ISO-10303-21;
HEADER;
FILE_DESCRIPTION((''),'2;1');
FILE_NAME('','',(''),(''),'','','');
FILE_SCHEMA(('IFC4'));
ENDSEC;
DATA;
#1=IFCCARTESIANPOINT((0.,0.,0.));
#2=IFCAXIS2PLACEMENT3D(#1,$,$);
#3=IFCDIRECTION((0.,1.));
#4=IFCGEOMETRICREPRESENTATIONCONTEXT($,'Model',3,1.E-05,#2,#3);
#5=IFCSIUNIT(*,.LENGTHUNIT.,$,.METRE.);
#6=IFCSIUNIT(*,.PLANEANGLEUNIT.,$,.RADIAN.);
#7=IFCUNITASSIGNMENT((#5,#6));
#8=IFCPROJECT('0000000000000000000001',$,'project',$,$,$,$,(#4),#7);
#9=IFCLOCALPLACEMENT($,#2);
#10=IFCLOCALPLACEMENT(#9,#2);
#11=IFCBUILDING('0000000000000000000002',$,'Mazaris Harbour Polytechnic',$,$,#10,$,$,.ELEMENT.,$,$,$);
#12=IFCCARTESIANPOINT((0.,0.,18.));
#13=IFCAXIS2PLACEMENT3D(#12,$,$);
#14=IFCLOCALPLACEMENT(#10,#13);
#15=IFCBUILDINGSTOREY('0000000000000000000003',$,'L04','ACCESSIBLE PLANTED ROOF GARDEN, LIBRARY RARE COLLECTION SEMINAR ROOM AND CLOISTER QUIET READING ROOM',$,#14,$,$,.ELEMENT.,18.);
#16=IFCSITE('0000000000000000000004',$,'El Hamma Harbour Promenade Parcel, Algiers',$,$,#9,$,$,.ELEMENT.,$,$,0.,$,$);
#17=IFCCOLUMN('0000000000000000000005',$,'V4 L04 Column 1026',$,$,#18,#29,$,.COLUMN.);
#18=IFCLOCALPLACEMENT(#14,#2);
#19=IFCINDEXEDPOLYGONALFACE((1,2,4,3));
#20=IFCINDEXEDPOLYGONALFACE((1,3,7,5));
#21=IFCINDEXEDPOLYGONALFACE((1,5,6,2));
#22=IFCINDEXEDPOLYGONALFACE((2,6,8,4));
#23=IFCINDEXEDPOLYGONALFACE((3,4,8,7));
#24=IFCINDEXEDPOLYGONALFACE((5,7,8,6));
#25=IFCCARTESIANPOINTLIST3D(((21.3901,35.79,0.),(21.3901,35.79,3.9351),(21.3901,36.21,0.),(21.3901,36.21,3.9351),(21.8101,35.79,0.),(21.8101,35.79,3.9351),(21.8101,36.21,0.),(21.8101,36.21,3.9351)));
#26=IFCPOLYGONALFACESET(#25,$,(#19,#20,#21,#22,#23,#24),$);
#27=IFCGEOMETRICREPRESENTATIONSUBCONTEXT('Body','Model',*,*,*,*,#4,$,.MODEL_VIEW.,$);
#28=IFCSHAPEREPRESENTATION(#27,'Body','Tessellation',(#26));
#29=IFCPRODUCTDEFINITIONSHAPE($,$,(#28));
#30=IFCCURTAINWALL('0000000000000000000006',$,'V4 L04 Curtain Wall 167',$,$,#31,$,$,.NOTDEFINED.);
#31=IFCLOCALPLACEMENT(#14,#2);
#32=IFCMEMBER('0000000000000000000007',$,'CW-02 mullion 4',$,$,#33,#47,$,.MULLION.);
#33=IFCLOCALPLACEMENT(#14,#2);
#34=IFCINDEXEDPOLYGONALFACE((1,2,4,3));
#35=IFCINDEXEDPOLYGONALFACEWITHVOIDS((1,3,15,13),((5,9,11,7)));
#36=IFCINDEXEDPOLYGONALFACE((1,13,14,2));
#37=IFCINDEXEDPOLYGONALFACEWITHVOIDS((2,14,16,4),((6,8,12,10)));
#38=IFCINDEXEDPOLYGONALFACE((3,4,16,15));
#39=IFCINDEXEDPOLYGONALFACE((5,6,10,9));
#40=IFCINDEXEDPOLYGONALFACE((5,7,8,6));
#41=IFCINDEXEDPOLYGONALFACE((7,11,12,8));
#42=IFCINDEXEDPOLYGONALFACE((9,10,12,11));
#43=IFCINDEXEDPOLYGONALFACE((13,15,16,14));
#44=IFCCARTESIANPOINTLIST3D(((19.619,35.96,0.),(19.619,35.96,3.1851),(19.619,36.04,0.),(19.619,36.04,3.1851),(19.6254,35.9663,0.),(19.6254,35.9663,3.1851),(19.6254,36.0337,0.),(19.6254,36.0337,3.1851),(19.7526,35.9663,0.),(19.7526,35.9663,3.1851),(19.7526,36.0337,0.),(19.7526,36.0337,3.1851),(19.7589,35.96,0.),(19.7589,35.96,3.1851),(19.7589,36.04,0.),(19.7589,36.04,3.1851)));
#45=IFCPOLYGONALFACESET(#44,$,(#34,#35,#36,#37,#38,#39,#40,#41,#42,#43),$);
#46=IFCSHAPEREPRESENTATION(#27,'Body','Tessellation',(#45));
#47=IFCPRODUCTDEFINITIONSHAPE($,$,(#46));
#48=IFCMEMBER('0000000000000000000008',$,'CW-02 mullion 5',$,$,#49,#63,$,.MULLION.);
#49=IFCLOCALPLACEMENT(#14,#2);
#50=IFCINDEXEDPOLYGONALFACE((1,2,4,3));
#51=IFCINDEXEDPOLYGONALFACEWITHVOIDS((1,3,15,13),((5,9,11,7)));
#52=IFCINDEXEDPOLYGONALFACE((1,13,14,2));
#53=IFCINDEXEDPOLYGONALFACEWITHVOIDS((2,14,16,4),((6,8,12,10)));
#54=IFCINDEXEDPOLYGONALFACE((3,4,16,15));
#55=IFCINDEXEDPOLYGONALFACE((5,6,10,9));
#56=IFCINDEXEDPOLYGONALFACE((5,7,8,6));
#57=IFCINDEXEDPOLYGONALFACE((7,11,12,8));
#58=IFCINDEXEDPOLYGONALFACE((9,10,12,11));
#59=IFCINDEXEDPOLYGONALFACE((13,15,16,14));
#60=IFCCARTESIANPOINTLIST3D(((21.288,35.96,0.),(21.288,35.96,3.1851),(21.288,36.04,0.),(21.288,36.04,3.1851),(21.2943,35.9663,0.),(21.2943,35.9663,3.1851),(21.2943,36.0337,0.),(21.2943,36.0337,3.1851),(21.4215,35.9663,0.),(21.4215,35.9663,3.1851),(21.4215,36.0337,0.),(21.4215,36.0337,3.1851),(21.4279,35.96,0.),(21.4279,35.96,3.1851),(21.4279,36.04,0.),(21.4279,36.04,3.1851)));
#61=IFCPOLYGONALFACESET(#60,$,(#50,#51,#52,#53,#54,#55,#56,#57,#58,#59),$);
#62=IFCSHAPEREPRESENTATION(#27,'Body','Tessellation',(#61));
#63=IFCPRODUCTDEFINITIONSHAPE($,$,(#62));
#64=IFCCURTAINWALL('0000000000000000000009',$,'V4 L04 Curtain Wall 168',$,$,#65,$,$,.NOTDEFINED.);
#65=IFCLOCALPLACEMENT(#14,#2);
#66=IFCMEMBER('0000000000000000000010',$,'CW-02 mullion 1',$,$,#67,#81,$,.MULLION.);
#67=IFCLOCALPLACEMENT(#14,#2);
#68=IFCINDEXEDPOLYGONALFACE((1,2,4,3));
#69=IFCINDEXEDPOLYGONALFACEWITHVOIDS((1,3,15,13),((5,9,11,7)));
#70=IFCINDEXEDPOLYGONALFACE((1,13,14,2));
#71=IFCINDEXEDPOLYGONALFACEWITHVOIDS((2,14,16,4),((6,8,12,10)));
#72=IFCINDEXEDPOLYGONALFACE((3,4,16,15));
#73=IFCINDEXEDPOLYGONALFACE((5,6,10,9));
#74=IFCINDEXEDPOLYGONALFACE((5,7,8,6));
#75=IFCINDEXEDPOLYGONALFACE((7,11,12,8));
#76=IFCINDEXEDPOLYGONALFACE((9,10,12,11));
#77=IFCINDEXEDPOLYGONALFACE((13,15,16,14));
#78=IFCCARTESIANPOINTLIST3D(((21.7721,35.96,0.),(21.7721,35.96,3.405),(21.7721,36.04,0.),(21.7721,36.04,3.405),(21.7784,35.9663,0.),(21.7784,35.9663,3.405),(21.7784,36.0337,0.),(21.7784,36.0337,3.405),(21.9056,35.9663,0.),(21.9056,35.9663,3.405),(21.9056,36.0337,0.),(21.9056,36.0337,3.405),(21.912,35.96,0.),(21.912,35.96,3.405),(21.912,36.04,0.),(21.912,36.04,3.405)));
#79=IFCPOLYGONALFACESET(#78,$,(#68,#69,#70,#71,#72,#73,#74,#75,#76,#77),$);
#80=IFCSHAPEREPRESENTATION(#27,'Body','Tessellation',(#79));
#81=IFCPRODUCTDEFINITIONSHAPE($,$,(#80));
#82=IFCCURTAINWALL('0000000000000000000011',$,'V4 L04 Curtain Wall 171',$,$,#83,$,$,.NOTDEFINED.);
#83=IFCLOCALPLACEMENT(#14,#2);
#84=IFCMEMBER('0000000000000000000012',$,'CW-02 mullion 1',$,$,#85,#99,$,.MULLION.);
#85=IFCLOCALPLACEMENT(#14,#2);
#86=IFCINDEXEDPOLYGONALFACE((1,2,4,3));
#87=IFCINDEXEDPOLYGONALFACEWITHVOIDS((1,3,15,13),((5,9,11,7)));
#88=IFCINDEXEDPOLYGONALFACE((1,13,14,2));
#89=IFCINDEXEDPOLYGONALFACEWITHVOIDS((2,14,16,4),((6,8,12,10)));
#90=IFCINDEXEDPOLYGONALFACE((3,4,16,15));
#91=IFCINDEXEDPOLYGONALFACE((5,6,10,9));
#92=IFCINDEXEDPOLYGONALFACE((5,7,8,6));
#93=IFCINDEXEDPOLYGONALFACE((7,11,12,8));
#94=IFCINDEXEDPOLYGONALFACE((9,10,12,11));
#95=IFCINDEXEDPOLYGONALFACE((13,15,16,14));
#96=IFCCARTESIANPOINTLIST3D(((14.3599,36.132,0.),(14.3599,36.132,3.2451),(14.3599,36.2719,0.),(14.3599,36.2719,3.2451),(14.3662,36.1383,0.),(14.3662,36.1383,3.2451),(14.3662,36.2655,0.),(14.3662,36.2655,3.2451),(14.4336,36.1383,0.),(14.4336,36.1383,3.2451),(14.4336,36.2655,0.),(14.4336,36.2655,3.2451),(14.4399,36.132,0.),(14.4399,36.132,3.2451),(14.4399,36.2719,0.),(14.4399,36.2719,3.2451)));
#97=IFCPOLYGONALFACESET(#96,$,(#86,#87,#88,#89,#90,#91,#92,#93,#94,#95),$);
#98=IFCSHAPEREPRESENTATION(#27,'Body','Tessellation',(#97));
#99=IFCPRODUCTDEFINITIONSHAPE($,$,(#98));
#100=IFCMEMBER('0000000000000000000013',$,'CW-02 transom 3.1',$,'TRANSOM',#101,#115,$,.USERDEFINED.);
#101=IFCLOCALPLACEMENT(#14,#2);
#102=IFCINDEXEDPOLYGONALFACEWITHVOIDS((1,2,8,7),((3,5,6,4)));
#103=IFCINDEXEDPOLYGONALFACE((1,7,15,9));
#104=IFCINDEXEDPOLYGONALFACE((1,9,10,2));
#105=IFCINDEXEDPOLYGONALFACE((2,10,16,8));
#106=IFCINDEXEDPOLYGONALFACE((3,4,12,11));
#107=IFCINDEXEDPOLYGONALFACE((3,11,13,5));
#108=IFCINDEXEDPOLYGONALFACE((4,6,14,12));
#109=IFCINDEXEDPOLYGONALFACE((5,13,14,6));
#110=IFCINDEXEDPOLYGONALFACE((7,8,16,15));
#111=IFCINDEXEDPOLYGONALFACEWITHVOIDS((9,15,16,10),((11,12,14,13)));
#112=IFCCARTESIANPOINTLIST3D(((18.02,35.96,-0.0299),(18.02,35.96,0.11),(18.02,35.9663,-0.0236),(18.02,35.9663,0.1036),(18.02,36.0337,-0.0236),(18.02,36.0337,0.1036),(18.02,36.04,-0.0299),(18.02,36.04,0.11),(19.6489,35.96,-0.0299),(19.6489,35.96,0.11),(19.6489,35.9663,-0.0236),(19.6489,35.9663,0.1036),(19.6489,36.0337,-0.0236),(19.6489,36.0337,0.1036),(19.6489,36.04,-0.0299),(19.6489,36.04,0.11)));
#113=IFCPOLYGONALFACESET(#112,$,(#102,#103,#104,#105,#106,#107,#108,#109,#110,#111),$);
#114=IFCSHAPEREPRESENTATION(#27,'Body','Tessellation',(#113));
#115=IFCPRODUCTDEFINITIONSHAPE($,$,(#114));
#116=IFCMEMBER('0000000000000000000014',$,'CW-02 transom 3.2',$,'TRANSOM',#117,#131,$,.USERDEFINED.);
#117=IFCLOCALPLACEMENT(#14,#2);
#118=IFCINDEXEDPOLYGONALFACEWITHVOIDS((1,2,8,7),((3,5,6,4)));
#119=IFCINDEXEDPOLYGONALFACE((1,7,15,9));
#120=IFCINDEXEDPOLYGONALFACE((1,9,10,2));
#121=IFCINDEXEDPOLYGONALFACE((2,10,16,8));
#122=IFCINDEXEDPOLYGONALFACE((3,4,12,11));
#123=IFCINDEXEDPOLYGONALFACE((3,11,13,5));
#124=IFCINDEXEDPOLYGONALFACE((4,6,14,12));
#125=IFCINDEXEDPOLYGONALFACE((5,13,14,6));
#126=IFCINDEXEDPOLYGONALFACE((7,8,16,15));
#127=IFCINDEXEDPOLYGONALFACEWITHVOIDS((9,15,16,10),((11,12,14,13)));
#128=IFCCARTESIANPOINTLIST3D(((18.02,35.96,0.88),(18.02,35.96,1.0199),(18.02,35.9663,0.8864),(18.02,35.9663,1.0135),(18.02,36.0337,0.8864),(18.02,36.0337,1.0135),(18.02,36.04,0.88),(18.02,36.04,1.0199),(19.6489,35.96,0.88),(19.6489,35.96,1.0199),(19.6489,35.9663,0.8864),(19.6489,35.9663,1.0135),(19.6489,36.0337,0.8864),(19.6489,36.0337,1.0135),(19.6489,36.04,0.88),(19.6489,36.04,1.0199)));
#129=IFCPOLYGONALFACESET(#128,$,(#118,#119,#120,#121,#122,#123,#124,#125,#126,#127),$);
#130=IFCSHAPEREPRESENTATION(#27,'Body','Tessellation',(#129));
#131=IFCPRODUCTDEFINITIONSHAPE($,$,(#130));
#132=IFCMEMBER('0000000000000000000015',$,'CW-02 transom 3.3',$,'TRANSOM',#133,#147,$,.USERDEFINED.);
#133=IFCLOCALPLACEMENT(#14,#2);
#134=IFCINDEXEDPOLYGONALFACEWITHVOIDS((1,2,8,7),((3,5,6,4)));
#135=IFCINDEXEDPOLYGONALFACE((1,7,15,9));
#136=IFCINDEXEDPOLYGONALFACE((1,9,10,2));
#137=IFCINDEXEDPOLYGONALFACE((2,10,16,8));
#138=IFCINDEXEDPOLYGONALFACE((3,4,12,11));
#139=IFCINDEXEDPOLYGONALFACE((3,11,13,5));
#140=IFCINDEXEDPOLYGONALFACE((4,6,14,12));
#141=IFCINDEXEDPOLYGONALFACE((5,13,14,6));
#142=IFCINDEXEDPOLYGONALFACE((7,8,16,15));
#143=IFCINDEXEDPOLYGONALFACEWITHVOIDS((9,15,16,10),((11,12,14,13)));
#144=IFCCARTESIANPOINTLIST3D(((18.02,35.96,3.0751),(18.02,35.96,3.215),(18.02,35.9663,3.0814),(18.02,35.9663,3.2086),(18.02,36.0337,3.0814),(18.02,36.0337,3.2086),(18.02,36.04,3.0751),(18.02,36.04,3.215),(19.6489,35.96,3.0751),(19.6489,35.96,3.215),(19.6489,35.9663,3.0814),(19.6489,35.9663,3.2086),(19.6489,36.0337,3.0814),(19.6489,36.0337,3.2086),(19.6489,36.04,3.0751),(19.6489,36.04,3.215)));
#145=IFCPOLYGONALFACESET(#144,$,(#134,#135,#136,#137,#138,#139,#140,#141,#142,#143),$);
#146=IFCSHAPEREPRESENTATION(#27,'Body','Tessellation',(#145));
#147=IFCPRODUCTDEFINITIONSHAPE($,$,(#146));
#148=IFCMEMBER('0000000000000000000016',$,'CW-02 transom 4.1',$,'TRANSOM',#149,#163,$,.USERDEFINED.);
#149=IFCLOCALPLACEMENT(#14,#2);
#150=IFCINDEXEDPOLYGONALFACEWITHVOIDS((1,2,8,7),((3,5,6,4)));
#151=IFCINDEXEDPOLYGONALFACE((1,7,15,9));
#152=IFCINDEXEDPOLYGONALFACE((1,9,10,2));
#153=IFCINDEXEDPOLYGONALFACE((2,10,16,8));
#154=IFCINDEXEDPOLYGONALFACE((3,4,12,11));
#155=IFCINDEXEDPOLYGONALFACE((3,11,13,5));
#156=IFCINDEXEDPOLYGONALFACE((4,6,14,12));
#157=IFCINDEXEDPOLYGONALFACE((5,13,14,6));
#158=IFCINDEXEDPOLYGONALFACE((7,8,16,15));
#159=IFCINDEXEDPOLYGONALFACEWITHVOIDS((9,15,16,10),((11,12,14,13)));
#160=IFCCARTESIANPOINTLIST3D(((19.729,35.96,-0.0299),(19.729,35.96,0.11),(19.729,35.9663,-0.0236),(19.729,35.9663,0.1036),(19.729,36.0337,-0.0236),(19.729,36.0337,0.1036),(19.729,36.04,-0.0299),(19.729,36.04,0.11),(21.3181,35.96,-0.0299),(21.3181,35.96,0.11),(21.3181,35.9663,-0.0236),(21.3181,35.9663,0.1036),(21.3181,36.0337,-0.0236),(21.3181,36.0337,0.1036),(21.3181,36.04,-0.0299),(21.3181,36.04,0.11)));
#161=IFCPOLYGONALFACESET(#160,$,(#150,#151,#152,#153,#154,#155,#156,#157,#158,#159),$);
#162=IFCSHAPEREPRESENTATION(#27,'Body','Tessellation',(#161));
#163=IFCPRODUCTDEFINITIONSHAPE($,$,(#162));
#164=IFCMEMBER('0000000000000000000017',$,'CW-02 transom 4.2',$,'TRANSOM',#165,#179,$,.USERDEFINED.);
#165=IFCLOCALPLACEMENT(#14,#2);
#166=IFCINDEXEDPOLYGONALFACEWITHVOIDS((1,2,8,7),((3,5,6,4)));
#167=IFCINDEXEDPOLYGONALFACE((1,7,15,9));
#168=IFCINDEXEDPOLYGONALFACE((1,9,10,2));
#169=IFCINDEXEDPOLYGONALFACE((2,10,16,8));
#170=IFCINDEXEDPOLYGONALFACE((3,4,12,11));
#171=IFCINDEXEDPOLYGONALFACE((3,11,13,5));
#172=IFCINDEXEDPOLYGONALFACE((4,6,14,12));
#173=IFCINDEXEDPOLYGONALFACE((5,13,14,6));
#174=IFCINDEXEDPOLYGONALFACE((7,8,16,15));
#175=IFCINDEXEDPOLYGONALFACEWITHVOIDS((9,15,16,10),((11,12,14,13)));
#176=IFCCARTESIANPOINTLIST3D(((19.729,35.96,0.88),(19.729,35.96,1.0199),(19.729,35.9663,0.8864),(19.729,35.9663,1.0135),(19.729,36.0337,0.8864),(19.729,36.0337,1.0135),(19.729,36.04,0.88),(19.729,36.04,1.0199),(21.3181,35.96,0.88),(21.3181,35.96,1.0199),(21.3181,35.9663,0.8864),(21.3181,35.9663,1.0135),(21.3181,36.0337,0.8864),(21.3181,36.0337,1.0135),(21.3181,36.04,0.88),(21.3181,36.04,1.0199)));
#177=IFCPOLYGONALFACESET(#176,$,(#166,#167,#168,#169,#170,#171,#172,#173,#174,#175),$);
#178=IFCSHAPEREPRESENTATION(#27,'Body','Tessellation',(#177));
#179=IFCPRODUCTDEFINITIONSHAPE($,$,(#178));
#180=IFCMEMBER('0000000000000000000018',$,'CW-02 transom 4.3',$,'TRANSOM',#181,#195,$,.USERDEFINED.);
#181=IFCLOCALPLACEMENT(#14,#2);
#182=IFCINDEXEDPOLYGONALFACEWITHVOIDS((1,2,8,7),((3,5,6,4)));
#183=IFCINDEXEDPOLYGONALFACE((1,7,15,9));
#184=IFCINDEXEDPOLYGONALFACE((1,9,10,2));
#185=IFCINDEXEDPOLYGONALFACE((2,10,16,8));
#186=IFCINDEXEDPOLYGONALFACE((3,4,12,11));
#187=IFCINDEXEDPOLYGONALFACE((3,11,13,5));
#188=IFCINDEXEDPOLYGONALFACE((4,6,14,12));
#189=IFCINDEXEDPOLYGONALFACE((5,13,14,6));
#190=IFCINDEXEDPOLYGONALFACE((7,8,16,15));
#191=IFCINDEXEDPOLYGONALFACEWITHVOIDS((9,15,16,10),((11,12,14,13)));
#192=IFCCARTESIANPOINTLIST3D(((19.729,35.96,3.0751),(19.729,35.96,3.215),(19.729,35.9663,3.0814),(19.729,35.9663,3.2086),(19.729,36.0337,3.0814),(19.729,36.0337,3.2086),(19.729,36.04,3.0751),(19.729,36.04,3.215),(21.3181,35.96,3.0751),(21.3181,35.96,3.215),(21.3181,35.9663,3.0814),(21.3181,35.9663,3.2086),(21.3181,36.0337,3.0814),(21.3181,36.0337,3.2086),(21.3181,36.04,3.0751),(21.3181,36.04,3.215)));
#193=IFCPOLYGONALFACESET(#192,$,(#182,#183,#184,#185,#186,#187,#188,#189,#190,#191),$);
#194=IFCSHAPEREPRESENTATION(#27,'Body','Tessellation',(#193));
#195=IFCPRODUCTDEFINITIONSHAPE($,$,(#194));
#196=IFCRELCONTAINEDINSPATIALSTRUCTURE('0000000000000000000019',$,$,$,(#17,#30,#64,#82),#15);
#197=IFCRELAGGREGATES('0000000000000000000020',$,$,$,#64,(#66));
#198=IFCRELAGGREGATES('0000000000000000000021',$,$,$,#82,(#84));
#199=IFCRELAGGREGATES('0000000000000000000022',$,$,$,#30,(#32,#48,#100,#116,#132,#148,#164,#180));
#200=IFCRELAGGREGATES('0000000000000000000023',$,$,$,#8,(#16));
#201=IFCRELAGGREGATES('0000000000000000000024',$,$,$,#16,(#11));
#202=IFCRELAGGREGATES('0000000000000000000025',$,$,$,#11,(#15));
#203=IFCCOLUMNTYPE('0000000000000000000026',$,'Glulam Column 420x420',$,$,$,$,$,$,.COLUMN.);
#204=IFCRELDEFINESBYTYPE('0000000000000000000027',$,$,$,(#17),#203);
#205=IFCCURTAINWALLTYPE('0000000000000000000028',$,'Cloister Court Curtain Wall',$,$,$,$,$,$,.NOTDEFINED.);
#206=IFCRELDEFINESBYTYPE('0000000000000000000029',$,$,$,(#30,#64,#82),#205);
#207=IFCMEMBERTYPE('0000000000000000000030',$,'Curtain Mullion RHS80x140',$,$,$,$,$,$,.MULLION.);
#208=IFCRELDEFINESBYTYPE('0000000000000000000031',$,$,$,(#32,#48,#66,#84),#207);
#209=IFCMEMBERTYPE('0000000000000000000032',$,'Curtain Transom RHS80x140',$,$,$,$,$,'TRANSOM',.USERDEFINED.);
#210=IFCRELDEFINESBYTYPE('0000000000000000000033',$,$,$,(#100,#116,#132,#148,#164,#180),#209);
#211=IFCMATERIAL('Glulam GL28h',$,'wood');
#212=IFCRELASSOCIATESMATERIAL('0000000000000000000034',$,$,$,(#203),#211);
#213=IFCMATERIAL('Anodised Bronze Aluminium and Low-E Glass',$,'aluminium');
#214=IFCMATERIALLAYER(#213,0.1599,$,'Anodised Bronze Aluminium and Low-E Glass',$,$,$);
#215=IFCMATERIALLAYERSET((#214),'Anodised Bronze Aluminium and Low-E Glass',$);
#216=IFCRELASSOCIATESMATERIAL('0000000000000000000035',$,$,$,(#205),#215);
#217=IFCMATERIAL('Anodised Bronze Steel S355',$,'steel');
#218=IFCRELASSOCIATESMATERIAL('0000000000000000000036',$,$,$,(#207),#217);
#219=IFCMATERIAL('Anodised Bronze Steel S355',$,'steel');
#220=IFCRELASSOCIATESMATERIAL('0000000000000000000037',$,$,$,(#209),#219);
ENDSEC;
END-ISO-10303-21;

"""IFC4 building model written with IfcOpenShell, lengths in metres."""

from ifc_helpers import new_model, si_unit, direction, frame, origin, origin_2d, place, context, subcontext, project, spatial, rectangle, hollow_rectangle, extrude, material, layer, layer_set, material_profile, profile_set, type_object, element, aggregate, save


model = new_model("IFC4")

# Units and contexts
model_context = context("Model", 3, precision=1e-05, world=origin(), true_north=direction((0.0, 1.0)))
body_context = subcontext(model_context, "Body", "Model", "MODEL_VIEW")
ifc_project = project(units=[si_unit("LENGTHUNIT", "METRE"), si_unit("PLANEANGLEUNIT", "RADIAN")], contexts=[model_context])

# Site, building, storey
site_placement = place(None, origin())
site = spatial("IfcSite", under=ifc_project, at=site_placement, Name="El Hamma Harbour Promenade Parcel, Algiers", CompositionType="ELEMENT", RefElevation=0.0)
building_placement = place(site_placement, origin())
building = spatial("IfcBuilding", under=site, at=building_placement, Name="Mazaris Harbour Polytechnic", CompositionType="ELEMENT")
storey_placement = place(building_placement, frame((0.0, 0.0, 18.0)))
storey = spatial("IfcBuildingStorey", under=building, at=storey_placement, Name="L04", Description="ACCESSIBLE PLANTED ROOF GARDEN, LIBRARY RARE COLLECTION SEMINAR ROOM AND CLOISTER QUIET READING ROOM", CompositionType="ELEMENT", Elevation=18.0)

# Column
ifc_material_1 = material(Name="Glulam GL28h", Category="wood")
ifc_material_profile_1 = material_profile(ifc_material_1, rectangle(XDim=0.4199, YDim=0.4199, at=origin_2d()), Name="RECT420x420")
ifc_profile_set_1 = profile_set([ifc_material_profile_1], Name="Glulam GL28h")
column_type = type_object("IfcColumnType", Name="Glulam Column 420x420", PredefinedType="COLUMN", material=ifc_profile_set_1)
column_placement = place(storey_placement, frame((21.6001, 36.0, 0.0), z_axis=(0.0, 0.0, 1.0), x_axis=(1.0, 0.0, 0.0)))
element("IfcColumn", 1, at=column_placement, inside=storey, type_object=column_type, Name="V4 L04 Column 1026", PredefinedType="COLUMN", context=body_context, shape_type="SweptSolid", body=[
    extrude(rectangle(XDim=0.4199, YDim=0.4199, at=origin_2d()), origin(), (0.0, 0.0, 1.0), 3.9351),
])

# Curtain wall, members
ifc_material_2 = material(Name="Anodised Bronze Aluminium and Low-E Glass", Category="aluminium")
ifc_layer_1 = layer(ifc_material_2, 0.1599, Name="Anodised Bronze Aluminium and Low-E Glass")
ifc_layer_set_1 = layer_set([ifc_layer_1], Name="Anodised Bronze Aluminium and Low-E Glass")
curtain_wall_type = type_object("IfcCurtainWallType", Name="Cloister Court Curtain Wall", PredefinedType="NOTDEFINED", material=ifc_layer_set_1)
curtain_wall_1_placement = place(storey_placement, origin())
curtain_wall_1 = element("IfcCurtainWall", 2, at=curtain_wall_1_placement, inside=storey, type_object=curtain_wall_type, Name="V4 L04 Curtain Wall 167", PredefinedType="NOTDEFINED")
ifc_material_3 = material(Name="Anodised Bronze Steel S355", Category="steel")
ifc_material_profile_2 = material_profile(ifc_material_3, hollow_rectangle(XDim=0.0801, YDim=0.1399, WallThickness=0.0063, at=origin_2d()), Name="RHS 80x140x6.3")
ifc_profile_set_2 = profile_set([ifc_material_profile_2], Name="Anodised Bronze Steel S355")
member_type_1 = type_object("IfcMemberType", Name="Curtain Mullion RHS80x140", PredefinedType="MULLION", material=ifc_profile_set_2)
member_1_placement = place(storey_placement, frame((19.689, 36.0, 0.0), z_axis=(0.0, 0.0, 1.0), x_axis=(0.0, 1.0, 0.0)))
member_1 = element("IfcMember", 3, at=member_1_placement, type_object=member_type_1, Name="CW-02 mullion 4", PredefinedType="MULLION", context=body_context, shape_type="SweptSolid", body=[
    extrude(hollow_rectangle(XDim=0.0801, YDim=0.1399, WallThickness=0.0063, at=origin_2d()), origin(), (0.0, 0.0, 1.0), 3.1851),
])
member_2_placement = place(storey_placement, frame((21.3579, 36.0, 0.0), z_axis=(0.0, 0.0, 1.0), x_axis=(0.0, 1.0, 0.0)))
member_2 = element("IfcMember", 4, at=member_2_placement, type_object=member_type_1, Name="CW-02 mullion 5", PredefinedType="MULLION", context=body_context, shape_type="SweptSolid", body=[
    extrude(hollow_rectangle(XDim=0.0801, YDim=0.1399, WallThickness=0.0063, at=origin_2d()), origin(), (0.0, 0.0, 1.0), 3.1851),
])

# Curtain walls, members
curtain_wall_2_placement = place(storey_placement, origin())
curtain_wall_2 = element("IfcCurtainWall", 5, at=curtain_wall_2_placement, inside=storey, type_object=curtain_wall_type, Name="V4 L04 Curtain Wall 168", PredefinedType="NOTDEFINED")
member_3_placement = place(storey_placement, frame((21.842, 36.0, 0.0), z_axis=(0.0, 0.0, 1.0), x_axis=(0.0, 1.0, 0.0)))
member_3 = element("IfcMember", 6, at=member_3_placement, type_object=member_type_1, Name="CW-02 mullion 1", PredefinedType="MULLION", context=body_context, shape_type="SweptSolid", body=[
    extrude(hollow_rectangle(XDim=0.0801, YDim=0.1399, WallThickness=0.0063, at=origin_2d()), origin(), (0.0, 0.0, 1.0), 3.405),
])
curtain_wall_3_placement = place(storey_placement, origin())
curtain_wall_3 = element("IfcCurtainWall", 7, at=curtain_wall_3_placement, inside=storey, type_object=curtain_wall_type, Name="V4 L04 Curtain Wall 171", PredefinedType="NOTDEFINED")
member_4_placement = place(storey_placement, frame((14.3999, 36.2019, 0.0), z_axis=(0.0, 0.0, 1.0), x_axis=(-1.0, 0.0, 0.0)))
member_4 = element("IfcMember", 8, at=member_4_placement, type_object=member_type_1, Name="CW-02 mullion 1", PredefinedType="MULLION", context=body_context, shape_type="SweptSolid", body=[
    extrude(hollow_rectangle(XDim=0.0801, YDim=0.1399, WallThickness=0.0063, at=origin_2d()), origin(), (0.0, 0.0, 1.0), 3.2451),
])

# Members
ifc_material_4 = material(Name="Anodised Bronze Steel S355", Category="steel")
ifc_material_profile_3 = material_profile(ifc_material_4, hollow_rectangle(XDim=0.0801, YDim=0.1399, WallThickness=0.0063, at=origin_2d()), Name="RHS 80x140x6.3")
ifc_profile_set_3 = profile_set([ifc_material_profile_3], Name="Anodised Bronze Steel S355")
member_type_2 = type_object("IfcMemberType", Name="Curtain Transom RHS80x140", ElementType="TRANSOM", PredefinedType="USERDEFINED", material=ifc_profile_set_3)
member_5_placement = place(storey_placement, frame((18.02, 36.0, 0.04), z_axis=(1.0, 0.0, 0.0), x_axis=(0.0, 1.0, 0.0)))
member_5 = element("IfcMember", 9, at=member_5_placement, type_object=member_type_2, Name="CW-02 transom 3.1", ObjectType="TRANSOM", PredefinedType="USERDEFINED", context=body_context, shape_type="SweptSolid", body=[
    extrude(hollow_rectangle(XDim=0.0801, YDim=0.1399, WallThickness=0.0063, at=origin_2d()), origin(), (0.0, 0.0, 1.0), 1.6289),
])
member_6_placement = place(storey_placement, frame((18.02, 36.0, 0.95), z_axis=(1.0, 0.0, 0.0), x_axis=(0.0, 1.0, 0.0)))
member_6 = element("IfcMember", 10, at=member_6_placement, type_object=member_type_2, Name="CW-02 transom 3.2", ObjectType="TRANSOM", PredefinedType="USERDEFINED", context=body_context, shape_type="SweptSolid", body=[
    extrude(hollow_rectangle(XDim=0.0801, YDim=0.1399, WallThickness=0.0063, at=origin_2d()), origin(), (0.0, 0.0, 1.0), 1.6289),
])
member_7_placement = place(storey_placement, frame((18.02, 36.0, 3.145), z_axis=(1.0, 0.0, 0.0), x_axis=(0.0, 1.0, 0.0)))
member_7 = element("IfcMember", 11, at=member_7_placement, type_object=member_type_2, Name="CW-02 transom 3.3", ObjectType="TRANSOM", PredefinedType="USERDEFINED", context=body_context, shape_type="SweptSolid", body=[
    extrude(hollow_rectangle(XDim=0.0801, YDim=0.1399, WallThickness=0.0063, at=origin_2d()), origin(), (0.0, 0.0, 1.0), 1.6289),
])
member_8_placement = place(storey_placement, frame((19.729, 36.0, 0.04), z_axis=(1.0, 0.0, 0.0), x_axis=(0.0, 1.0, 0.0)))
member_8 = element("IfcMember", 12, at=member_8_placement, type_object=member_type_2, Name="CW-02 transom 4.1", ObjectType="TRANSOM", PredefinedType="USERDEFINED", context=body_context, shape_type="SweptSolid", body=[
    extrude(hollow_rectangle(XDim=0.0801, YDim=0.1399, WallThickness=0.0063, at=origin_2d()), origin(), (0.0, 0.0, 1.0), 1.5891),
])
member_9_placement = place(storey_placement, frame((19.729, 36.0, 0.95), z_axis=(1.0, 0.0, 0.0), x_axis=(0.0, 1.0, 0.0)))
member_9 = element("IfcMember", 13, at=member_9_placement, type_object=member_type_2, Name="CW-02 transom 4.2", ObjectType="TRANSOM", PredefinedType="USERDEFINED", context=body_context, shape_type="SweptSolid", body=[
    extrude(hollow_rectangle(XDim=0.0801, YDim=0.1399, WallThickness=0.0063, at=origin_2d()), origin(), (0.0, 0.0, 1.0), 1.5891),
])
member_10_placement = place(storey_placement, frame((19.729, 36.0, 3.145), z_axis=(1.0, 0.0, 0.0), x_axis=(0.0, 1.0, 0.0)))
member_10 = element("IfcMember", 14, at=member_10_placement, type_object=member_type_2, Name="CW-02 transom 4.3", ObjectType="TRANSOM", PredefinedType="USERDEFINED", context=body_context, shape_type="SweptSolid", body=[
    extrude(hollow_rectangle(XDim=0.0801, YDim=0.1399, WallThickness=0.0063, at=origin_2d()), origin(), (0.0, 0.0, 1.0), 1.5891),
])
aggregate(curtain_wall_2, [member_3])
aggregate(curtain_wall_3, [member_4])

aggregate(curtain_wall_1, [member_1, member_2, member_5, member_6, member_7, member_8, member_9, member_10])

save(model, "model.ifc")
